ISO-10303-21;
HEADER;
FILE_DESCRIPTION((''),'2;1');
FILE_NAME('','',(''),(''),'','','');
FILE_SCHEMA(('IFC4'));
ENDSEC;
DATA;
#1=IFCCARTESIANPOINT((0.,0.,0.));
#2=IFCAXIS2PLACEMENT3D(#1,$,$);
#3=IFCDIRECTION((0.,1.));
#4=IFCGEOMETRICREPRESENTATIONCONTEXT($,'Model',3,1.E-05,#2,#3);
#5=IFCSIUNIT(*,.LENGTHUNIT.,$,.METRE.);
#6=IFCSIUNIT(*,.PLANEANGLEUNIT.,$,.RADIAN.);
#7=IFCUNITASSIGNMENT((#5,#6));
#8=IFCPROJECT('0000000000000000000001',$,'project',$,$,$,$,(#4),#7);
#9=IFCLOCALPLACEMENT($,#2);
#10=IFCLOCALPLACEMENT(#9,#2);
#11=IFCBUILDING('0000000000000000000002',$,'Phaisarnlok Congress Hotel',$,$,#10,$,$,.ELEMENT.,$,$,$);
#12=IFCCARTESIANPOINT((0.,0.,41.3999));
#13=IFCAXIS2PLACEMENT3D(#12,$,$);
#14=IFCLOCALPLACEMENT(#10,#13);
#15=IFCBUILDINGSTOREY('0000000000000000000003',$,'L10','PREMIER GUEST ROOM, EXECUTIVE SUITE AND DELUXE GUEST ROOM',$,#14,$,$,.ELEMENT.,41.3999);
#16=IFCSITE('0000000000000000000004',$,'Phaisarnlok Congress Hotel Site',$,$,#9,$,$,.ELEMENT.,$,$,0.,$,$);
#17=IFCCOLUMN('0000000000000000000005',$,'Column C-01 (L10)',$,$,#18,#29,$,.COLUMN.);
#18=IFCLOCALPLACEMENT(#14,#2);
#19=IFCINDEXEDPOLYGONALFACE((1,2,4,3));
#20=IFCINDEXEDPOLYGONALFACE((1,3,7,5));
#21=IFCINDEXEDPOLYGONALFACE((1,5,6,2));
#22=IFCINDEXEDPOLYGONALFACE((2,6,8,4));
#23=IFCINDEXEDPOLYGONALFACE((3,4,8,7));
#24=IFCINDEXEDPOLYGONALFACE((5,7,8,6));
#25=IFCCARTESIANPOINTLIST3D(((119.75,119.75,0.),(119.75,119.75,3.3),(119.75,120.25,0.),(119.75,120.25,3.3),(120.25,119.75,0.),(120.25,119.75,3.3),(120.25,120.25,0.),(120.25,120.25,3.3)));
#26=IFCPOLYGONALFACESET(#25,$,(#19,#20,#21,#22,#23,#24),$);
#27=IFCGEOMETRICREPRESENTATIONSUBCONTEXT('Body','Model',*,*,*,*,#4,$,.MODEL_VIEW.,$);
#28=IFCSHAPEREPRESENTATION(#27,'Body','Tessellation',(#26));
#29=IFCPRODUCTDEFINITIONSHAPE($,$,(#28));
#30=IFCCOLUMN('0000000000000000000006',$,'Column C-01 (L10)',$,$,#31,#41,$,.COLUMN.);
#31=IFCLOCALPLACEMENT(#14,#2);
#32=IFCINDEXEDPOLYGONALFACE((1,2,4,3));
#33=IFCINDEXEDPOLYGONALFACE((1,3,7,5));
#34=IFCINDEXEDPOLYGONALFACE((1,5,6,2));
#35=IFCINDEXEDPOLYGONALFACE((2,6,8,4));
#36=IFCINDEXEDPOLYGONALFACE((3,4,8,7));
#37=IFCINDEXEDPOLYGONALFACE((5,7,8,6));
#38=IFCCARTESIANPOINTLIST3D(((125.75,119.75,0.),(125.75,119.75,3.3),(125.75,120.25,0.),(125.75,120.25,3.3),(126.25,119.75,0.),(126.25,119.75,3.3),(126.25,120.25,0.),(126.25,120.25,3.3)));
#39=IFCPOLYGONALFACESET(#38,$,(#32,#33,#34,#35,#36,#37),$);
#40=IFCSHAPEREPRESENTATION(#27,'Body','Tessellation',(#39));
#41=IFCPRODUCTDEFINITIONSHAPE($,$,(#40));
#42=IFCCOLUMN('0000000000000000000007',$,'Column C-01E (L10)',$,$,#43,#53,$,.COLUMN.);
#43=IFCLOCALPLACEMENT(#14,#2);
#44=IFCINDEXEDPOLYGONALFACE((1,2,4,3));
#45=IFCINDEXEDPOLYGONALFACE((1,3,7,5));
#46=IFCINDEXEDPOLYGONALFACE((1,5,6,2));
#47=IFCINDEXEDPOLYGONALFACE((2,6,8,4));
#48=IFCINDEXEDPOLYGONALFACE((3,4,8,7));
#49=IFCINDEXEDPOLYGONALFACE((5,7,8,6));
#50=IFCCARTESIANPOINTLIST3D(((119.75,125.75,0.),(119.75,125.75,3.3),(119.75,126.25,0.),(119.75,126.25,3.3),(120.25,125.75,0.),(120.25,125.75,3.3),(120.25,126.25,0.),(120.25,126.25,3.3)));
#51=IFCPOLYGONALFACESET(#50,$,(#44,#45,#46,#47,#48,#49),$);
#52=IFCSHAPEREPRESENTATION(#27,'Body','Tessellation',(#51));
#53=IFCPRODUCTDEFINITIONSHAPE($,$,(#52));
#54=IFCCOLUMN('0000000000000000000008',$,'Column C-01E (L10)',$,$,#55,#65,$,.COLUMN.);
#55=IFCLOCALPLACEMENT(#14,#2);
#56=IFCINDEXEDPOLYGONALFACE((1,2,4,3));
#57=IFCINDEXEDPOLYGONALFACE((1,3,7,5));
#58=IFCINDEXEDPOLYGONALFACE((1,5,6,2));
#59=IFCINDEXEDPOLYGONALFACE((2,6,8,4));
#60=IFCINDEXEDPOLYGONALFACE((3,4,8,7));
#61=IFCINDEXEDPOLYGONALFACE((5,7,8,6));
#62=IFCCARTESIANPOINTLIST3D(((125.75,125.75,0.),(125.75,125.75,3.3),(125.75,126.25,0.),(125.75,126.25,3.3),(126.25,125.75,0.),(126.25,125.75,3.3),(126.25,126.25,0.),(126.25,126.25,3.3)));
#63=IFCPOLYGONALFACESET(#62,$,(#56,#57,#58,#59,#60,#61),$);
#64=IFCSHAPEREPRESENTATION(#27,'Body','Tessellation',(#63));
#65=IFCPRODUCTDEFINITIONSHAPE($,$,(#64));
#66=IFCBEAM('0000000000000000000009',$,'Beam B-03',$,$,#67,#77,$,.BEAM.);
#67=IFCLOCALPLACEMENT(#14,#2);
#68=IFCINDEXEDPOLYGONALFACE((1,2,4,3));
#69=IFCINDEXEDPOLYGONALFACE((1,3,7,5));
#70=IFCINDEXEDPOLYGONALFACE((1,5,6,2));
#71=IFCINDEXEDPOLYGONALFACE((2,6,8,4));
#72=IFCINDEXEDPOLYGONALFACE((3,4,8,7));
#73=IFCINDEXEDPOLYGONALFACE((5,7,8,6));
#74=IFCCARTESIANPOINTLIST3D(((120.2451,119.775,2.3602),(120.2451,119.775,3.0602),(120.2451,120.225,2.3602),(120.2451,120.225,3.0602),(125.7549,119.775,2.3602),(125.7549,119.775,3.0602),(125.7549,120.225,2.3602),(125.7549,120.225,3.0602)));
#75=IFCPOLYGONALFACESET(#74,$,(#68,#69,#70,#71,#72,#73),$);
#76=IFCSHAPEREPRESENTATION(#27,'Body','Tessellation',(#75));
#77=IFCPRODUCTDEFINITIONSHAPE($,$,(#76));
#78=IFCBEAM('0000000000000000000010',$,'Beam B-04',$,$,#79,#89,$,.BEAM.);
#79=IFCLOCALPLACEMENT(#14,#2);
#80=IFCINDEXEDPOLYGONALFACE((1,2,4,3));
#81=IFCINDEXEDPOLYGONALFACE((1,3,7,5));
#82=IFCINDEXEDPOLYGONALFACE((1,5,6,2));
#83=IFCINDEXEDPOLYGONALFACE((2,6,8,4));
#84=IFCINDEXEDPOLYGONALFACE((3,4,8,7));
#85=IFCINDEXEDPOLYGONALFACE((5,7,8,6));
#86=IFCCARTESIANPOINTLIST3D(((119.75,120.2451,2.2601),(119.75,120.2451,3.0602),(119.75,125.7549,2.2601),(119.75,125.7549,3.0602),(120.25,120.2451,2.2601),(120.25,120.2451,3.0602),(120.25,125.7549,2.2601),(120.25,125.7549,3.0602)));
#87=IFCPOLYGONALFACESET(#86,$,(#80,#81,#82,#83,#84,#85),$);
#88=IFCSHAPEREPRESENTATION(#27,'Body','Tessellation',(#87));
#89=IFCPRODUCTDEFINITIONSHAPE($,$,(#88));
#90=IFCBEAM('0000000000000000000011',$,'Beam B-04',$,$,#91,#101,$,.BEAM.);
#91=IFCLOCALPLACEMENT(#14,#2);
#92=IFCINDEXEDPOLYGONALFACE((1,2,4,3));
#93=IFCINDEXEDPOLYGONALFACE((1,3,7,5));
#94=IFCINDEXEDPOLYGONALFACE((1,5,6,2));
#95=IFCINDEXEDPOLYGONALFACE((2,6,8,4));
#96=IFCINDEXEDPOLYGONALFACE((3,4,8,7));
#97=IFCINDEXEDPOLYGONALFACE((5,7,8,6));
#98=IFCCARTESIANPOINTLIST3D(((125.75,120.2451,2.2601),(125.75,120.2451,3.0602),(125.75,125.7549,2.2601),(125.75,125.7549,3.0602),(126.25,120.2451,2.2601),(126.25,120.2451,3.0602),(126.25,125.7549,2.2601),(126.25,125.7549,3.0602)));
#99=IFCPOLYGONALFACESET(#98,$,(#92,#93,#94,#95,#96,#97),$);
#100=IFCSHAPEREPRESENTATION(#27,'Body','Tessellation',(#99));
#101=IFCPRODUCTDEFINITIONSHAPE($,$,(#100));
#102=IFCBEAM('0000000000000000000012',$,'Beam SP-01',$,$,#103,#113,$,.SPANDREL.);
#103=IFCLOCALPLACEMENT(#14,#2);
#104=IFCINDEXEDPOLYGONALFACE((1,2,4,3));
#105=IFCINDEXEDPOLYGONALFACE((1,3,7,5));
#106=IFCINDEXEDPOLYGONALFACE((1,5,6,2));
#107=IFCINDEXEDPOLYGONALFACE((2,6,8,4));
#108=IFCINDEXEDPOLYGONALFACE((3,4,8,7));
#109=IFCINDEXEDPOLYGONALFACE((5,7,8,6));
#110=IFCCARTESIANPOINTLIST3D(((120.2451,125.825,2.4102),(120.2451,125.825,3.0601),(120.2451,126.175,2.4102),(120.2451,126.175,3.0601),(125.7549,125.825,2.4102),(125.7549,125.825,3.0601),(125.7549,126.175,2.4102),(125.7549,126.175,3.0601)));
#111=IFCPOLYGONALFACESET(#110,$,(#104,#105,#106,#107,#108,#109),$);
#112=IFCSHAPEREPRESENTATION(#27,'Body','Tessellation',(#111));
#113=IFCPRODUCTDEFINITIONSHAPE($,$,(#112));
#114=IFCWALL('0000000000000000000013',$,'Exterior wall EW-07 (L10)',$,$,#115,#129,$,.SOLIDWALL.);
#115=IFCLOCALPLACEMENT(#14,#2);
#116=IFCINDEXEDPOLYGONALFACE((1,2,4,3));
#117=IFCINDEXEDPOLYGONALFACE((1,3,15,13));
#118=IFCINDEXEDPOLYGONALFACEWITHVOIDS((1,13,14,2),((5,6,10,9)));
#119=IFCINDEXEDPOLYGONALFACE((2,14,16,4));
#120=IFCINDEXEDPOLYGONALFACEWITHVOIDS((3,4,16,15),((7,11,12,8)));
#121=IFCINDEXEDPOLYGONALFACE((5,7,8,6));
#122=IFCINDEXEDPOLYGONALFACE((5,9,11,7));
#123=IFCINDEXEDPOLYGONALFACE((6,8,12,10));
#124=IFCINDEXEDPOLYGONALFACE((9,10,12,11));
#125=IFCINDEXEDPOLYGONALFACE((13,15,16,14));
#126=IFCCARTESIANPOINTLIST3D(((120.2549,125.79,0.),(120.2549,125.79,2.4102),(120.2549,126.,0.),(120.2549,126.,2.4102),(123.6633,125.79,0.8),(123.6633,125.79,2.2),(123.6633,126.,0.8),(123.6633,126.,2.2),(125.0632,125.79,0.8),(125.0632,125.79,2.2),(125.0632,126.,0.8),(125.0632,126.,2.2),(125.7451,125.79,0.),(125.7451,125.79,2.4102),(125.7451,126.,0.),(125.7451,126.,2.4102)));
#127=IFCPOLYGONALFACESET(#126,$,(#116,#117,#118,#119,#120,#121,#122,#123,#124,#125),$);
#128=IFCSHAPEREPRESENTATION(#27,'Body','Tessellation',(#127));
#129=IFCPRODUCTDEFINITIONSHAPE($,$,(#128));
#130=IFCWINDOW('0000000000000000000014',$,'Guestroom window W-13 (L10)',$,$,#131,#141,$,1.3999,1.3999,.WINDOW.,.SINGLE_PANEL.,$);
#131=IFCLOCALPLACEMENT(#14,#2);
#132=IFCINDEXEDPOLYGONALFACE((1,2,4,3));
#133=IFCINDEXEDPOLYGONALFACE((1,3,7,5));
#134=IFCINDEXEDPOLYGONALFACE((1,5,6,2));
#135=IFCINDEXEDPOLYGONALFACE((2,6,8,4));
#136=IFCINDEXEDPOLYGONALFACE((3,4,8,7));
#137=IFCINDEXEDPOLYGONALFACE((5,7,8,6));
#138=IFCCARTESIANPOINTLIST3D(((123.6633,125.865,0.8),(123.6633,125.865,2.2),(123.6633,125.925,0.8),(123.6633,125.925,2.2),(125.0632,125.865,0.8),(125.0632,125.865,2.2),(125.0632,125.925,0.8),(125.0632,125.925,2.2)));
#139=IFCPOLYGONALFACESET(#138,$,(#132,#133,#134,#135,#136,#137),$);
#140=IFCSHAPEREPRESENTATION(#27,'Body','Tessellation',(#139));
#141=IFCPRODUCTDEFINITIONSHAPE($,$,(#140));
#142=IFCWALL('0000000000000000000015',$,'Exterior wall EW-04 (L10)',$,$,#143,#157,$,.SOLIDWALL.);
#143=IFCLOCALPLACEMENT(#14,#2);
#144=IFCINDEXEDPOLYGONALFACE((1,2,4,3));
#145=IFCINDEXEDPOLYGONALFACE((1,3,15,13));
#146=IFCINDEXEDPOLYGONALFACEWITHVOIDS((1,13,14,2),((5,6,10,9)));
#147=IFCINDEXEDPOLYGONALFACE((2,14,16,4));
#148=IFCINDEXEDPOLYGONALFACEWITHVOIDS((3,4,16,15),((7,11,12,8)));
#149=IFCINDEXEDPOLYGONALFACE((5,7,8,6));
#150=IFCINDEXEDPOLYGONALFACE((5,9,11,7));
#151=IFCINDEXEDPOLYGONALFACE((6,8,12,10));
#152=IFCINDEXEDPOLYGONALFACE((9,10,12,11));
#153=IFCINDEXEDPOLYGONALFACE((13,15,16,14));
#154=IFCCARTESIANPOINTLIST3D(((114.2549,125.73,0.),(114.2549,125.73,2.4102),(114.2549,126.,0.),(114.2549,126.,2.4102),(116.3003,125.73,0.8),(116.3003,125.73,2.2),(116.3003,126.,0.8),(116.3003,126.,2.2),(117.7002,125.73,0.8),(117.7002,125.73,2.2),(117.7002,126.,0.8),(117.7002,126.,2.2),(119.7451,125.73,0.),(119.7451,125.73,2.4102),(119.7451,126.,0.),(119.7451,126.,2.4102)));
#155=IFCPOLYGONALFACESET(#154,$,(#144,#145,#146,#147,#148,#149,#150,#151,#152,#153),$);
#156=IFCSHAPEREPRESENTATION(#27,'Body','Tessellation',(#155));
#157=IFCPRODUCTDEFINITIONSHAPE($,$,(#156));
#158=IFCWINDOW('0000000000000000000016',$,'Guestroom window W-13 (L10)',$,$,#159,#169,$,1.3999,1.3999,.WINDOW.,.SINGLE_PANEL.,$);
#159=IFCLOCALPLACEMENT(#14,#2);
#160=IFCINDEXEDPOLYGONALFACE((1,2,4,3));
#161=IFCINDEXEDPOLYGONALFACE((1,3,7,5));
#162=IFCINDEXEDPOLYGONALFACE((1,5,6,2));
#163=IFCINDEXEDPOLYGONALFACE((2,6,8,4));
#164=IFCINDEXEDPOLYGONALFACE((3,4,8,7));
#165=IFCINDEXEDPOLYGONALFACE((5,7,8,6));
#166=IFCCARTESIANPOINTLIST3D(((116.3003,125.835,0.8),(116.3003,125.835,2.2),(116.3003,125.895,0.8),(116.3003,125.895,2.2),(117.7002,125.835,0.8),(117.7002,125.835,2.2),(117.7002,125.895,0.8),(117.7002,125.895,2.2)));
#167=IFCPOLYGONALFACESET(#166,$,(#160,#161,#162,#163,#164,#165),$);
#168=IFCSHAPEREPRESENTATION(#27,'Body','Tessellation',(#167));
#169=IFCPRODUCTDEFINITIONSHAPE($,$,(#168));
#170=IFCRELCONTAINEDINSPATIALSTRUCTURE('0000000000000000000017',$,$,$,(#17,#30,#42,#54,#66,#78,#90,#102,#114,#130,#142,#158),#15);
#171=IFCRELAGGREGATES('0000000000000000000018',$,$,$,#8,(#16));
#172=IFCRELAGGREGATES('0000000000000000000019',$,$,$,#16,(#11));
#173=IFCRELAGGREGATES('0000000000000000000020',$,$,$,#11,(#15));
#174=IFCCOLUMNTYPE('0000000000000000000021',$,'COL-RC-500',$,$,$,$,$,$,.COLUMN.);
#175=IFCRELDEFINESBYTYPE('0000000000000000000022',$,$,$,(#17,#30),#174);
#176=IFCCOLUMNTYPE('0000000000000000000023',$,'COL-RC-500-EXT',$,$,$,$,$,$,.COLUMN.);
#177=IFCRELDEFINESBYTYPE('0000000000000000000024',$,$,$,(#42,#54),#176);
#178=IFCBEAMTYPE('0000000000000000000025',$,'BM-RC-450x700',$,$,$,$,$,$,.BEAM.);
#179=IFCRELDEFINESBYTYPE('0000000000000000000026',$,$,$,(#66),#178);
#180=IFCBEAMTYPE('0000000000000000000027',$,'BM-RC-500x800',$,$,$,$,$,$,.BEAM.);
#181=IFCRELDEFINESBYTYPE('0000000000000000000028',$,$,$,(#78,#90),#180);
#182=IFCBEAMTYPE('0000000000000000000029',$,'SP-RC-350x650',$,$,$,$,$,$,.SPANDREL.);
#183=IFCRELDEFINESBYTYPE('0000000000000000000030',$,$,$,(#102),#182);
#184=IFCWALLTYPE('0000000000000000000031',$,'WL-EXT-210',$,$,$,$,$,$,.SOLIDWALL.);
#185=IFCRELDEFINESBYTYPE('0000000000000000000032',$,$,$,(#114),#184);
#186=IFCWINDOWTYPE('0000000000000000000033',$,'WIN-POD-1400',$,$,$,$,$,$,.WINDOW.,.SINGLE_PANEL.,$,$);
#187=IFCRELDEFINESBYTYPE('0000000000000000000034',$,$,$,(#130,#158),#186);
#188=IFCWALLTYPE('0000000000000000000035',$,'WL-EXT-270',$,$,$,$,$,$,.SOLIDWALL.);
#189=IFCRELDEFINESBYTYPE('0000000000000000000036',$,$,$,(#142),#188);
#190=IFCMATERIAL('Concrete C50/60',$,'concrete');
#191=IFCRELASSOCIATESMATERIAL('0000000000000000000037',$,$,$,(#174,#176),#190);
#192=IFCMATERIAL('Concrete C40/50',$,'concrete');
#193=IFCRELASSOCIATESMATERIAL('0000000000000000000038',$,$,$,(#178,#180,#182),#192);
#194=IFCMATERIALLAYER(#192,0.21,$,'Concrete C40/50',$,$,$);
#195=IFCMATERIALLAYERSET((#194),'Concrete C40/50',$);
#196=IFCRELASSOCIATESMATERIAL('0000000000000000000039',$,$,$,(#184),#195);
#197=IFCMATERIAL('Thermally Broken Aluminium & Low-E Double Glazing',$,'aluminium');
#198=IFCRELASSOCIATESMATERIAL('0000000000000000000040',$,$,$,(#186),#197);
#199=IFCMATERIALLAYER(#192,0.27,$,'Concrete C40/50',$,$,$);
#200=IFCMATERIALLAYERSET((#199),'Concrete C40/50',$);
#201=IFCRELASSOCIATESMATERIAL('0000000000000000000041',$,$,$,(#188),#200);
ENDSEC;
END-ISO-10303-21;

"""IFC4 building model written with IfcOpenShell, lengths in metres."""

from ifc_helpers import new_model, si_unit, direction, frame, frame_2d, origin, origin_2d, place, context, subcontext, project, spatial, rectangle, extrude, material, layer, layer_set, material_profile, profile_set, type_object, element, fill, save


model = new_model("IFC4")

# Units and contexts
model_context = context("Model", 3, precision=1e-05, world=origin(), true_north=direction((0.0, 1.0)))
body_context = subcontext(model_context, "Body", "Model", "MODEL_VIEW")
ifc_project = project(units=[si_unit("LENGTHUNIT", "METRE"), si_unit("PLANEANGLEUNIT", "RADIAN")], contexts=[model_context])

# Site, building, storey
site_placement = place(None, origin())
site = spatial("IfcSite", under=ifc_project, at=site_placement, Name="Phaisarnlok Congress Hotel Site", CompositionType="ELEMENT", RefElevation=0.0)
building_placement = place(site_placement, origin())
building = spatial("IfcBuilding", under=site, at=building_placement, Name="Phaisarnlok Congress Hotel", CompositionType="ELEMENT")
storey_placement = place(building_placement, frame((0.0, 0.0, 41.3999)))
storey = spatial("IfcBuildingStorey", under=building, at=storey_placement, Name="L10", Description="PREMIER GUEST ROOM, EXECUTIVE SUITE AND DELUXE GUEST ROOM", CompositionType="ELEMENT", Elevation=41.3999)

# Columns
ifc_material_1 = material(Name="Concrete C50/60", Category="concrete")
ifc_material_profile_1 = material_profile(ifc_material_1, rectangle(XDim=0.5, YDim=0.5, at=origin_2d()), Name="RC 500x500")
ifc_profile_set_1 = profile_set([ifc_material_profile_1], Name="Concrete C50/60")
column_type_1 = type_object("IfcColumnType", Name="COL-RC-500", PredefinedType="COLUMN", material=ifc_profile_set_1)
for number, where, z_axis, x_axis, name in (
    (1, (120.0, 120.0, 0.0), (0.0, 0.0, 1.0), (1.0, 0.0, 0.0), "Column C-01 (L10)"),
    (2, (126.0, 120.0, 0.0), (0.0, 0.0, 1.0), (1.0, 0.0, 0.0), "Column C-01 (L10)"),
):
    element("IfcColumn", number, at=place(storey_placement, frame(where, z_axis=z_axis, x_axis=x_axis)), inside=storey, type_object=column_type_1, Name=name, PredefinedType="COLUMN", context=body_context, shape_type="SweptSolid", body=[
        extrude(rectangle(XDim=0.5, YDim=0.5, at=origin_2d()), origin(), (0.0, 0.0, 1.0), 3.3),
    ])
ifc_material_profile_2 = material_profile(ifc_material_1, rectangle(XDim=0.5, YDim=0.5, at=origin_2d()), Name="RC 500x500")
ifc_profile_set_2 = profile_set([ifc_material_profile_2], Name="Concrete C50/60")
column_type_2 = type_object("IfcColumnType", Name="COL-RC-500-EXT", PredefinedType="COLUMN", material=ifc_profile_set_2)
for number, where, z_axis, x_axis, name in (
    (3, (120.0, 126.0, 0.0), (0.0, 0.0, 1.0), (1.0, 0.0, 0.0), "Column C-01E (L10)"),
    (4, (126.0, 126.0, 0.0), (0.0, 0.0, 1.0), (1.0, 0.0, 0.0), "Column C-01E (L10)"),
):
    element("IfcColumn", number, at=place(storey_placement, frame(where, z_axis=z_axis, x_axis=x_axis)), inside=storey, type_object=column_type_2, Name=name, PredefinedType="COLUMN", context=body_context, shape_type="SweptSolid", body=[
        extrude(rectangle(XDim=0.5, YDim=0.5, at=origin_2d()), origin(), (0.0, 0.0, 1.0), 3.3),
    ])

# Beams
ifc_material_2 = material(Name="Concrete C40/50", Category="concrete")
ifc_material_profile_3 = material_profile(ifc_material_2, rectangle(XDim=0.45, YDim=0.7, at=origin_2d()), Name="RC 450x700")
ifc_profile_set_3 = profile_set([ifc_material_profile_3], Name="Concrete C40/50")
beam_type_1 = type_object("IfcBeamType", Name="BM-RC-450x700", PredefinedType="BEAM", material=ifc_profile_set_3)
beam_1_placement = place(storey_placement, frame((120.2451, 120.0, 2.7102), z_axis=(1.0, 0.0, 0.0), x_axis=(0.0, 1.0, 0.0)))
element("IfcBeam", 5, at=beam_1_placement, inside=storey, type_object=beam_type_1, Name="Beam B-03", PredefinedType="BEAM", context=body_context, shape_type="SweptSolid", body=[
    extrude(rectangle(XDim=0.45, YDim=0.7, at=origin_2d()), origin(), (0.0, 0.0, 1.0), 5.5098),
])
ifc_material_profile_4 = material_profile(ifc_material_2, rectangle(XDim=0.5, YDim=0.8, at=origin_2d()), Name="RC 500x800")
ifc_profile_set_4 = profile_set([ifc_material_profile_4], Name="Concrete C40/50")
beam_type_2 = type_object("IfcBeamType", Name="BM-RC-500x800", PredefinedType="BEAM", material=ifc_profile_set_4)
for number, where, z_axis, x_axis, name in (
    (6, (120.0, 120.2451, 2.6602), (0.0, 1.0, 0.0), (-1.0, 0.0, 0.0), "Beam B-04"),
    (7, (126.0, 120.2451, 2.6602), (0.0, 1.0, 0.0), (-1.0, 0.0, 0.0), "Beam B-04"),
):
    element("IfcBeam", number, at=place(storey_placement, frame(where, z_axis=z_axis, x_axis=x_axis)), inside=storey, type_object=beam_type_2, Name=name, PredefinedType="BEAM", context=body_context, shape_type="SweptSolid", body=[
        extrude(rectangle(XDim=0.5, YDim=0.8, at=origin_2d()), origin(), (0.0, 0.0, 1.0), 5.5098),
    ])
ifc_material_profile_5 = material_profile(ifc_material_2, rectangle(XDim=0.3501, YDim=0.6499, at=origin_2d()), Name="RC 350x650")
ifc_profile_set_5 = profile_set([ifc_material_profile_5], Name="Concrete C40/50")
beam_type_3 = type_object("IfcBeamType", Name="SP-RC-350x650", PredefinedType="SPANDREL", material=ifc_profile_set_5)
beam_2_placement = place(storey_placement, frame((120.2451, 126.0, 2.7351), z_axis=(1.0, 0.0, 0.0), x_axis=(0.0, 1.0, 0.0)))
element("IfcBeam", 8, at=beam_2_placement, inside=storey, type_object=beam_type_3, Name="Beam SP-01", PredefinedType="SPANDREL", context=body_context, shape_type="SweptSolid", body=[
    extrude(rectangle(XDim=0.3501, YDim=0.6499, at=origin_2d()), origin(), (0.0, 0.0, 1.0), 5.5098),
])

# Walls, openings, windows
ifc_layer_1 = layer(ifc_material_2, 0.21, Name="Concrete C40/50")
ifc_layer_set_1 = layer_set([ifc_layer_1], Name="Concrete C40/50")
wall_type_1 = type_object("IfcWallType", Name="WL-EXT-210", PredefinedType="SOLIDWALL", material=ifc_layer_set_1)
wall_1_placement = place(storey_placement, frame((125.7451, 125.895, 0.0), z_axis=(0.0, 0.0, 1.0), x_axis=(-1.0, 0.0, 0.0)))
wall_1 = element("IfcWall", 9, at=wall_1_placement, inside=storey, type_object=wall_type_1, Name="Exterior wall EW-07 (L10)", PredefinedType="SOLIDWALL", context=body_context, shape_type="SweptSolid", body=[
    extrude(rectangle(XDim=5.4902, YDim=0.21, at=frame_2d((2.7451, 0.0))), origin(), (0.0, 0.0, 1.0), 2.4102),
])
opening_1_placement = place(wall_1_placement, frame((0.6819, 0.0, 0.8)))
opening_1 = element("IfcOpeningElement", 10, at=opening_1_placement, cuts=wall_1, PredefinedType="OPENING", context=body_context, shape_type="SweptSolid", body=[
    extrude(rectangle(XDim=1.3999, YDim=1.3999, at=frame_2d((0.7, 0.7))), frame((0.0, 0.115, 0.0), z_axis=(0.0, -1.0, 0.0), x_axis=(1.0, 0.0, 0.0)), (0.0, 0.0, 1.0), 0.23),
])
ifc_material_3 = material(Name="Thermally Broken Aluminium & Low-E Double Glazing", Category="aluminium")
window_type = type_object("IfcWindowType", Name="WIN-POD-1400", PartitioningType="SINGLE_PANEL", PredefinedType="WINDOW", material=ifc_material_3)
window_1_placement = place(opening_1_placement, origin())
window_1 = element("IfcWindow", 11, at=window_1_placement, inside=storey, type_object=window_type, Name="Guestroom window W-13 (L10)", OverallHeight=1.3999, OverallWidth=1.3999, PartitioningType="SINGLE_PANEL", PredefinedType="WINDOW", context=body_context, shape_type="SweptSolid", body=[
    extrude(rectangle(XDim=1.3999, YDim=1.3999, at=frame_2d((0.7, 0.7))), frame((0.0, 0.03, 0.0), z_axis=(0.0, -1.0, 0.0), x_axis=(1.0, 0.0, 0.0)), (0.0, 0.0, 1.0), 0.0601),
])
fill(opening_1, window_1)
ifc_layer_2 = layer(ifc_material_2, 0.27, Name="Concrete C40/50")
ifc_layer_set_2 = layer_set([ifc_layer_2], Name="Concrete C40/50")
wall_type_2 = type_object("IfcWallType", Name="WL-EXT-270", PredefinedType="SOLIDWALL", material=ifc_layer_set_2)
wall_2_placement = place(storey_placement, frame((119.7451, 125.865, 0.0), z_axis=(0.0, 0.0, 1.0), x_axis=(-1.0, 0.0, 0.0)))
wall_2 = element("IfcWall", 12, at=wall_2_placement, inside=storey, type_object=wall_type_2, Name="Exterior wall EW-04 (L10)", PredefinedType="SOLIDWALL", context=body_context, shape_type="SweptSolid", body=[
    extrude(rectangle(XDim=5.4902, YDim=0.27, at=frame_2d((2.7451, 0.0))), origin(), (0.0, 0.0, 1.0), 2.4102),
])
opening_2_placement = place(wall_2_placement, frame((2.0449, 0.0, 0.8)))
opening_2 = element("IfcOpeningElement", 13, at=opening_2_placement, cuts=wall_2, PredefinedType="OPENING", context=body_context, shape_type="SweptSolid", body=[
    extrude(rectangle(XDim=1.3999, YDim=1.3999, at=frame_2d((0.7, 0.7))), frame((0.0, 0.145, 0.0), z_axis=(0.0, -1.0, 0.0), x_axis=(1.0, 0.0, 0.0)), (0.0, 0.0, 1.0), 0.29),
])
window_2_placement = place(opening_2_placement, origin())
window_2 = element("IfcWindow", 14, at=window_2_placement, inside=storey, type_object=window_type, Name="Guestroom window W-13 (L10)", OverallHeight=1.3999, OverallWidth=1.3999, PartitioningType="SINGLE_PANEL", PredefinedType="WINDOW", context=body_context, shape_type="SweptSolid", body=[
    extrude(rectangle(XDim=1.3999, YDim=1.3999, at=frame_2d((0.7, 0.7))), frame((0.0, 0.03, 0.0), z_axis=(0.0, -1.0, 0.0), x_axis=(1.0, 0.0, 0.0)), (0.0, 0.0, 1.0), 0.0601),
])
fill(opening_2, window_2)

save(model, "model.ifc")
